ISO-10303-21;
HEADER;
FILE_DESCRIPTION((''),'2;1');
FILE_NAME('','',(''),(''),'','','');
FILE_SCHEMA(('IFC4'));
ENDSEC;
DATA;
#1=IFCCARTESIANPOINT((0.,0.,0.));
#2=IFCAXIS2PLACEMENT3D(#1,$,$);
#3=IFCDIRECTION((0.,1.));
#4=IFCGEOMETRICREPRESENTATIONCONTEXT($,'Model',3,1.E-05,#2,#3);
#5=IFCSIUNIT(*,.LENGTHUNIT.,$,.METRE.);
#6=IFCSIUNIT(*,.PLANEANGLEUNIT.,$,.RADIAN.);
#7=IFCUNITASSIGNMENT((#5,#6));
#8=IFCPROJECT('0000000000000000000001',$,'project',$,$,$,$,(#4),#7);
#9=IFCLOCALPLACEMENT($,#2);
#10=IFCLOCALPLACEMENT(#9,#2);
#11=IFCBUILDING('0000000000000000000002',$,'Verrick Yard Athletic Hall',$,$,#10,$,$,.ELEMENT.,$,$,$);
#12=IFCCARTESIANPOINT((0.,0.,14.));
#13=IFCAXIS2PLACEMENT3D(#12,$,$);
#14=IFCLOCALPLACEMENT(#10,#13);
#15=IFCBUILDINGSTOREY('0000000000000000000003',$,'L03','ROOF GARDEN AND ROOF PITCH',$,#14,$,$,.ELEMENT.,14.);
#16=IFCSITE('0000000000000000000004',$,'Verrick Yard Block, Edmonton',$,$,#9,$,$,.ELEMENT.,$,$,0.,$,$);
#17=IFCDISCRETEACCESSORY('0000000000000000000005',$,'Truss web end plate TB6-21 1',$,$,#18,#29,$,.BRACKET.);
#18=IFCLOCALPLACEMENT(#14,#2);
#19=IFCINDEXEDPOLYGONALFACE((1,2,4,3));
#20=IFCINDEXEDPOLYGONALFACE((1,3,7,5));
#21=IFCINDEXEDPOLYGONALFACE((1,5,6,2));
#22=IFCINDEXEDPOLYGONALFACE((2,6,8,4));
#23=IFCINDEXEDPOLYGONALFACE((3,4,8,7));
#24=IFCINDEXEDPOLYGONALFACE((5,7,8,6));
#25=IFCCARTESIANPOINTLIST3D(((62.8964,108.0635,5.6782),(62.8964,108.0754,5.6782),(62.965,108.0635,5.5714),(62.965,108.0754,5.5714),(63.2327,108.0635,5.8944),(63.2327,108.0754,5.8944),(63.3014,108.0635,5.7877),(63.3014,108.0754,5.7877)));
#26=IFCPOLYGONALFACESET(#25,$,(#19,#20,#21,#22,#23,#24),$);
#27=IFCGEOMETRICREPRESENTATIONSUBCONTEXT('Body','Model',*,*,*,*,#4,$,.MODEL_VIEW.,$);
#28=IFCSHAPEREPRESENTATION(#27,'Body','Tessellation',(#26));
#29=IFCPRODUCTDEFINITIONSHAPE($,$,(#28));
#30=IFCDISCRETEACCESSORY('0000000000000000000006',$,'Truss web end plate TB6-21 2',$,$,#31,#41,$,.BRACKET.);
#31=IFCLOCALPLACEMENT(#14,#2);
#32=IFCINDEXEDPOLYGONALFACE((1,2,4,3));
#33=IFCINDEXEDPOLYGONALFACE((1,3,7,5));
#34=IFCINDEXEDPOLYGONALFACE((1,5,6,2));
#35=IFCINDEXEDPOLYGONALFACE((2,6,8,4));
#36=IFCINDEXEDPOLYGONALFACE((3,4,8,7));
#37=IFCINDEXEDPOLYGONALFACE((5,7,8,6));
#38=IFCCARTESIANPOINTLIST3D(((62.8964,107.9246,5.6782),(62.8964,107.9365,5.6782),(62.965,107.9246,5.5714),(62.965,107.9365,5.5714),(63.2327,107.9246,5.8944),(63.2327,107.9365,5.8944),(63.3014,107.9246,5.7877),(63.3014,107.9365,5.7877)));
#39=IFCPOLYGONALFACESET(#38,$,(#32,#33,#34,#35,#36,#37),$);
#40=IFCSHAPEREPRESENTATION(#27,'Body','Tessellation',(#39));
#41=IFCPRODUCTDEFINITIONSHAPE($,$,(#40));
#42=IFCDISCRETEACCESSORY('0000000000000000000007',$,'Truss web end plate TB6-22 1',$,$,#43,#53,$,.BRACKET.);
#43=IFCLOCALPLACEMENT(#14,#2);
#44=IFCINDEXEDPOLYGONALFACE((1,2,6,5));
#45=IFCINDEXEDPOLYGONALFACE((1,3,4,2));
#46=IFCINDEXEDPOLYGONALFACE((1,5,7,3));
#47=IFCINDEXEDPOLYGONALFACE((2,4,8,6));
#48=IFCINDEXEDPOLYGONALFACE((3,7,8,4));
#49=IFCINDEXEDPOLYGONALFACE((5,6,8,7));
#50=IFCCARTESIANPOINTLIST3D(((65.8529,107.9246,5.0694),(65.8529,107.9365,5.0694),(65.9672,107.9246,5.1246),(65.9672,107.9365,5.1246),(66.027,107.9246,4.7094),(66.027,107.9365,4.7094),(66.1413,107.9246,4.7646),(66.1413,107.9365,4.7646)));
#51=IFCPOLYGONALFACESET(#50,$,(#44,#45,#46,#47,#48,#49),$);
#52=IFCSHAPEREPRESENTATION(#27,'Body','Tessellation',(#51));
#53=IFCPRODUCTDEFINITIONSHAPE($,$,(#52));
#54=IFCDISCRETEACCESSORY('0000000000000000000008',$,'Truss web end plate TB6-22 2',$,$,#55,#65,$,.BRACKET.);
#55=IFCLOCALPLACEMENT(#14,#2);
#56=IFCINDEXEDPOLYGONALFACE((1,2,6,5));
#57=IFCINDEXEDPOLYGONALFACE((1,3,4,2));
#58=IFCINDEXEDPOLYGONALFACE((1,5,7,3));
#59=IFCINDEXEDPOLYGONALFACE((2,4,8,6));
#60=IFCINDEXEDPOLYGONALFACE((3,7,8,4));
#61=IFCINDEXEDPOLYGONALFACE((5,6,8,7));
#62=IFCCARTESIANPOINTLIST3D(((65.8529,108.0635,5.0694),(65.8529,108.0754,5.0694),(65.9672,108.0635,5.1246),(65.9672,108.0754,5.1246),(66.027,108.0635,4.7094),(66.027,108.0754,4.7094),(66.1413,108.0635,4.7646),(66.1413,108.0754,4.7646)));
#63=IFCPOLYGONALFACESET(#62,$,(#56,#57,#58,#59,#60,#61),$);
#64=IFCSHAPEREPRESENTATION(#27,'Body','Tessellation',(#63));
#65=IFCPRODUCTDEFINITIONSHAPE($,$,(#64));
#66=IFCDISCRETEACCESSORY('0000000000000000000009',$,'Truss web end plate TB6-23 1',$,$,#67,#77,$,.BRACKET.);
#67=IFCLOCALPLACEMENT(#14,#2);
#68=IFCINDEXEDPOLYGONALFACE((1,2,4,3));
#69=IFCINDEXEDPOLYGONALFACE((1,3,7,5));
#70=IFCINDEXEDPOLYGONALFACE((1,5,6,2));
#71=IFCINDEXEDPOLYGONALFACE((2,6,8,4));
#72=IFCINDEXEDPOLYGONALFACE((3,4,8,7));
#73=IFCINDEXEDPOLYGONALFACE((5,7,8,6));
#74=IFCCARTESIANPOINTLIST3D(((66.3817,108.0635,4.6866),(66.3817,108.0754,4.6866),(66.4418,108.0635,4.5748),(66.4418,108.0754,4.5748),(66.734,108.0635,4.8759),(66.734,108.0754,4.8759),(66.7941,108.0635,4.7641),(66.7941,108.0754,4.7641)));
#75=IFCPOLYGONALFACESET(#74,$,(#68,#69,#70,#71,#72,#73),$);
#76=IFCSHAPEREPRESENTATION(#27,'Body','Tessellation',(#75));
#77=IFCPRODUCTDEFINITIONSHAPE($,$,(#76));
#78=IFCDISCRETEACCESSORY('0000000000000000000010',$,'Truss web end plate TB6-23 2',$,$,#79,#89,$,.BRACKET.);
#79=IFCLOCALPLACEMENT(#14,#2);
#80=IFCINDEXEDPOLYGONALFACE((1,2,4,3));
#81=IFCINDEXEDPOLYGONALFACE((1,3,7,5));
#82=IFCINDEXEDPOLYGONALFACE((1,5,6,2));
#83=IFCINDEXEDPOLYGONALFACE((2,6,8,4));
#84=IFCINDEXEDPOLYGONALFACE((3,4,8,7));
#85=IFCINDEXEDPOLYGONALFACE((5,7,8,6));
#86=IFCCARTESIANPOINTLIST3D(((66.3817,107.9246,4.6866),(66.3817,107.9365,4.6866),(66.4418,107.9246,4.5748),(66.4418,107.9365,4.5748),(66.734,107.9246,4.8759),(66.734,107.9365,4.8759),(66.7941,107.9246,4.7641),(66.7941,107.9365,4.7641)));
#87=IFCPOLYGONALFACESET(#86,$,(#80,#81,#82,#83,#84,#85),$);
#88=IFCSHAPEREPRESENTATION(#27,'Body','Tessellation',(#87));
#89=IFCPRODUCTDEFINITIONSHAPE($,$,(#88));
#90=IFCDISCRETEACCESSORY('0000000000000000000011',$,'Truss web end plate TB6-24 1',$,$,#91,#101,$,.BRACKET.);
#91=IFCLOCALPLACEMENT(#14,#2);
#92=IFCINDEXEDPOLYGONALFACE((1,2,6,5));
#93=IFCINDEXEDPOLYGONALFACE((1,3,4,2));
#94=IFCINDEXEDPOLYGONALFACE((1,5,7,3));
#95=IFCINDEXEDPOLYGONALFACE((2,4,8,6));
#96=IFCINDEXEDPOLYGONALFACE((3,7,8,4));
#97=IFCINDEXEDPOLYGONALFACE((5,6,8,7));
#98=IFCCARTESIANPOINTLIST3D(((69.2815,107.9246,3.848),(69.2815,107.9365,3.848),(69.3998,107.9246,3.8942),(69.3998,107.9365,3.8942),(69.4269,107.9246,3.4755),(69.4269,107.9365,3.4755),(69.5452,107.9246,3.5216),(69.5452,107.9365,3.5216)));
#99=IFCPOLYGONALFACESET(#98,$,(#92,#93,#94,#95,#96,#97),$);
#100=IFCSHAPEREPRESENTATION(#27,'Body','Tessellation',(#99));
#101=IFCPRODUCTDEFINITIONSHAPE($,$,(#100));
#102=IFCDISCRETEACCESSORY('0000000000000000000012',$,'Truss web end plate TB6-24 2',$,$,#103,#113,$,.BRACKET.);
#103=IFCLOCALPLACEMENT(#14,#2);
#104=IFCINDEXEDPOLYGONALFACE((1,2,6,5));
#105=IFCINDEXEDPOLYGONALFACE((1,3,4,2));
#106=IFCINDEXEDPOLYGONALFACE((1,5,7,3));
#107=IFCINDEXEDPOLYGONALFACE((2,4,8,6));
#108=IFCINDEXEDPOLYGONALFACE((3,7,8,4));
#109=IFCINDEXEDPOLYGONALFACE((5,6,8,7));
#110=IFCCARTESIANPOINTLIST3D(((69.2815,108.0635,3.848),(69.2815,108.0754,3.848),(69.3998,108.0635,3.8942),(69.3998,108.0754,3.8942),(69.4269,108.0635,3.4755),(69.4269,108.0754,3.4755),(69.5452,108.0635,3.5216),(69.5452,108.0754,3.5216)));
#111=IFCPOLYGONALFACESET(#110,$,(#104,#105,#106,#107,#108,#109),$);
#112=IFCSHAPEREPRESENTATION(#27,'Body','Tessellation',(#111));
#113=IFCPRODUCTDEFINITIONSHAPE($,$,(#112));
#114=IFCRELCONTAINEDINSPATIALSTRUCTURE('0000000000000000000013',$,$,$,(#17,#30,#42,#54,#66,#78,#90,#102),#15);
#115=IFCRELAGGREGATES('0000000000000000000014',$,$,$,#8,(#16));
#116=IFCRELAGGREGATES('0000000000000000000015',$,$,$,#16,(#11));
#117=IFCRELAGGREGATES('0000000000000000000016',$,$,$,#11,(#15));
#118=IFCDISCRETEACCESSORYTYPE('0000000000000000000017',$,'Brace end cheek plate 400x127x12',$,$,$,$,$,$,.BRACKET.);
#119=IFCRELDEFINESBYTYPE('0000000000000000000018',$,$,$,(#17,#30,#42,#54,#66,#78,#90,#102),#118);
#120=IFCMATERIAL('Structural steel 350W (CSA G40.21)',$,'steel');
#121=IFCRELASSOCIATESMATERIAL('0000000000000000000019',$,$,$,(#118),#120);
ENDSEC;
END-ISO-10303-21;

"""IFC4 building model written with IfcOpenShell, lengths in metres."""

from ifc_helpers import new_model, si_unit, direction, frame, origin, origin_2d, place, context, subcontext, project, spatial, rectangle, extrude, material, material_profile, profile_set, type_object, element, save


model = new_model("IFC4")

# Units and contexts
model_context = context("Model", 3, precision=1e-05, world=origin(), true_north=direction((0.0, 1.0)))
body_context = subcontext(model_context, "Body", "Model", "MODEL_VIEW")
ifc_project = project(units=[si_unit("LENGTHUNIT", "METRE"), si_unit("PLANEANGLEUNIT", "RADIAN")], contexts=[model_context])

# Site, building, storey
site_placement = place(None, origin())
site = spatial("IfcSite", under=ifc_project, at=site_placement, Name="Verrick Yard Block, Edmonton", CompositionType="ELEMENT", RefElevation=0.0)
building_placement = place(site_placement, origin())
building = spatial("IfcBuilding", under=site, at=building_placement, Name="Verrick Yard Athletic Hall", CompositionType="ELEMENT")
storey_placement = place(building_placement, frame((0.0, 0.0, 14.0)))
storey = spatial("IfcBuildingStorey", under=building, at=storey_placement, Name="L03", Description="ROOF GARDEN AND ROOF PITCH", CompositionType="ELEMENT", Elevation=14.0)

# Discrete accessories
ifc_material_1 = material(Name="Structural steel 350W (CSA G40.21)", Category="steel")
ifc_material_profile_1 = material_profile(ifc_material_1, rectangle(XDim=0.3999, YDim=0.127, at=origin_2d()), Name="Brace end cheek plate")
ifc_profile_set_1 = profile_set([ifc_material_profile_1], Name="Structural steel 350W (CSA G40.21)")
discrete_accessory_type = type_object("IfcDiscreteAccessoryType", Name="Brace end cheek plate 400x127x12", PredefinedType="BRACKET", material=ifc_profile_set_1)
for number, where, z_axis, x_axis, name in (
    (1, (63.0989, 108.0635, 5.7329), (0.0, 1.0, 0.0), (0.841141, 0.0, 0.540816), "Truss web end plate TB6-21 1"),
    (2, (63.0989, 107.9365, 5.7329), (0.0, -1.0, 0.0), (0.841141, 0.0, 0.540816), "Truss web end plate TB6-21 2"),
    (3, (65.9971, 107.9365, 4.917), (0.0, -1.0, 0.0), (-0.435417, 0.0, 0.900229), "Truss web end plate TB6-22 1"),
    (4, (65.9971, 108.0635, 4.917), (0.0, 1.0, 0.0), (-0.435417, 0.0, 0.900229), "Truss web end plate TB6-22 2"),
    (5, (66.5879, 108.0635, 4.7253), (0.0, 1.0, 0.0), (0.88092, 0.0, 0.473265), "Truss web end plate TB6-23 1"),
    (6, (66.5879, 107.9365, 4.7253), (0.0, -1.0, 0.0), (0.88092, 0.0, 0.473265), "Truss web end plate TB6-23 2"),
    (7, (69.4133, 107.9365, 3.6848), (0.0, -1.0, 0.0), (-0.363563, 0.0, 0.93157), "Truss web end plate TB6-24 1"),
    (8, (69.4133, 108.0635, 3.6848), (0.0, 1.0, 0.0), (-0.363563, 0.0, 0.93157), "Truss web end plate TB6-24 2"),
):
    element("IfcDiscreteAccessory", number, at=place(storey_placement, frame(where, z_axis=z_axis, x_axis=x_axis)), inside=storey, type_object=discrete_accessory_type, Name=name, PredefinedType="BRACKET", context=body_context, shape_type="SweptSolid", body=[
        extrude(rectangle(XDim=0.3999, YDim=0.127, at=origin_2d()), origin(), (0.0, 0.0, 1.0), 0.012),
    ])

save(model, "model.ifc")
